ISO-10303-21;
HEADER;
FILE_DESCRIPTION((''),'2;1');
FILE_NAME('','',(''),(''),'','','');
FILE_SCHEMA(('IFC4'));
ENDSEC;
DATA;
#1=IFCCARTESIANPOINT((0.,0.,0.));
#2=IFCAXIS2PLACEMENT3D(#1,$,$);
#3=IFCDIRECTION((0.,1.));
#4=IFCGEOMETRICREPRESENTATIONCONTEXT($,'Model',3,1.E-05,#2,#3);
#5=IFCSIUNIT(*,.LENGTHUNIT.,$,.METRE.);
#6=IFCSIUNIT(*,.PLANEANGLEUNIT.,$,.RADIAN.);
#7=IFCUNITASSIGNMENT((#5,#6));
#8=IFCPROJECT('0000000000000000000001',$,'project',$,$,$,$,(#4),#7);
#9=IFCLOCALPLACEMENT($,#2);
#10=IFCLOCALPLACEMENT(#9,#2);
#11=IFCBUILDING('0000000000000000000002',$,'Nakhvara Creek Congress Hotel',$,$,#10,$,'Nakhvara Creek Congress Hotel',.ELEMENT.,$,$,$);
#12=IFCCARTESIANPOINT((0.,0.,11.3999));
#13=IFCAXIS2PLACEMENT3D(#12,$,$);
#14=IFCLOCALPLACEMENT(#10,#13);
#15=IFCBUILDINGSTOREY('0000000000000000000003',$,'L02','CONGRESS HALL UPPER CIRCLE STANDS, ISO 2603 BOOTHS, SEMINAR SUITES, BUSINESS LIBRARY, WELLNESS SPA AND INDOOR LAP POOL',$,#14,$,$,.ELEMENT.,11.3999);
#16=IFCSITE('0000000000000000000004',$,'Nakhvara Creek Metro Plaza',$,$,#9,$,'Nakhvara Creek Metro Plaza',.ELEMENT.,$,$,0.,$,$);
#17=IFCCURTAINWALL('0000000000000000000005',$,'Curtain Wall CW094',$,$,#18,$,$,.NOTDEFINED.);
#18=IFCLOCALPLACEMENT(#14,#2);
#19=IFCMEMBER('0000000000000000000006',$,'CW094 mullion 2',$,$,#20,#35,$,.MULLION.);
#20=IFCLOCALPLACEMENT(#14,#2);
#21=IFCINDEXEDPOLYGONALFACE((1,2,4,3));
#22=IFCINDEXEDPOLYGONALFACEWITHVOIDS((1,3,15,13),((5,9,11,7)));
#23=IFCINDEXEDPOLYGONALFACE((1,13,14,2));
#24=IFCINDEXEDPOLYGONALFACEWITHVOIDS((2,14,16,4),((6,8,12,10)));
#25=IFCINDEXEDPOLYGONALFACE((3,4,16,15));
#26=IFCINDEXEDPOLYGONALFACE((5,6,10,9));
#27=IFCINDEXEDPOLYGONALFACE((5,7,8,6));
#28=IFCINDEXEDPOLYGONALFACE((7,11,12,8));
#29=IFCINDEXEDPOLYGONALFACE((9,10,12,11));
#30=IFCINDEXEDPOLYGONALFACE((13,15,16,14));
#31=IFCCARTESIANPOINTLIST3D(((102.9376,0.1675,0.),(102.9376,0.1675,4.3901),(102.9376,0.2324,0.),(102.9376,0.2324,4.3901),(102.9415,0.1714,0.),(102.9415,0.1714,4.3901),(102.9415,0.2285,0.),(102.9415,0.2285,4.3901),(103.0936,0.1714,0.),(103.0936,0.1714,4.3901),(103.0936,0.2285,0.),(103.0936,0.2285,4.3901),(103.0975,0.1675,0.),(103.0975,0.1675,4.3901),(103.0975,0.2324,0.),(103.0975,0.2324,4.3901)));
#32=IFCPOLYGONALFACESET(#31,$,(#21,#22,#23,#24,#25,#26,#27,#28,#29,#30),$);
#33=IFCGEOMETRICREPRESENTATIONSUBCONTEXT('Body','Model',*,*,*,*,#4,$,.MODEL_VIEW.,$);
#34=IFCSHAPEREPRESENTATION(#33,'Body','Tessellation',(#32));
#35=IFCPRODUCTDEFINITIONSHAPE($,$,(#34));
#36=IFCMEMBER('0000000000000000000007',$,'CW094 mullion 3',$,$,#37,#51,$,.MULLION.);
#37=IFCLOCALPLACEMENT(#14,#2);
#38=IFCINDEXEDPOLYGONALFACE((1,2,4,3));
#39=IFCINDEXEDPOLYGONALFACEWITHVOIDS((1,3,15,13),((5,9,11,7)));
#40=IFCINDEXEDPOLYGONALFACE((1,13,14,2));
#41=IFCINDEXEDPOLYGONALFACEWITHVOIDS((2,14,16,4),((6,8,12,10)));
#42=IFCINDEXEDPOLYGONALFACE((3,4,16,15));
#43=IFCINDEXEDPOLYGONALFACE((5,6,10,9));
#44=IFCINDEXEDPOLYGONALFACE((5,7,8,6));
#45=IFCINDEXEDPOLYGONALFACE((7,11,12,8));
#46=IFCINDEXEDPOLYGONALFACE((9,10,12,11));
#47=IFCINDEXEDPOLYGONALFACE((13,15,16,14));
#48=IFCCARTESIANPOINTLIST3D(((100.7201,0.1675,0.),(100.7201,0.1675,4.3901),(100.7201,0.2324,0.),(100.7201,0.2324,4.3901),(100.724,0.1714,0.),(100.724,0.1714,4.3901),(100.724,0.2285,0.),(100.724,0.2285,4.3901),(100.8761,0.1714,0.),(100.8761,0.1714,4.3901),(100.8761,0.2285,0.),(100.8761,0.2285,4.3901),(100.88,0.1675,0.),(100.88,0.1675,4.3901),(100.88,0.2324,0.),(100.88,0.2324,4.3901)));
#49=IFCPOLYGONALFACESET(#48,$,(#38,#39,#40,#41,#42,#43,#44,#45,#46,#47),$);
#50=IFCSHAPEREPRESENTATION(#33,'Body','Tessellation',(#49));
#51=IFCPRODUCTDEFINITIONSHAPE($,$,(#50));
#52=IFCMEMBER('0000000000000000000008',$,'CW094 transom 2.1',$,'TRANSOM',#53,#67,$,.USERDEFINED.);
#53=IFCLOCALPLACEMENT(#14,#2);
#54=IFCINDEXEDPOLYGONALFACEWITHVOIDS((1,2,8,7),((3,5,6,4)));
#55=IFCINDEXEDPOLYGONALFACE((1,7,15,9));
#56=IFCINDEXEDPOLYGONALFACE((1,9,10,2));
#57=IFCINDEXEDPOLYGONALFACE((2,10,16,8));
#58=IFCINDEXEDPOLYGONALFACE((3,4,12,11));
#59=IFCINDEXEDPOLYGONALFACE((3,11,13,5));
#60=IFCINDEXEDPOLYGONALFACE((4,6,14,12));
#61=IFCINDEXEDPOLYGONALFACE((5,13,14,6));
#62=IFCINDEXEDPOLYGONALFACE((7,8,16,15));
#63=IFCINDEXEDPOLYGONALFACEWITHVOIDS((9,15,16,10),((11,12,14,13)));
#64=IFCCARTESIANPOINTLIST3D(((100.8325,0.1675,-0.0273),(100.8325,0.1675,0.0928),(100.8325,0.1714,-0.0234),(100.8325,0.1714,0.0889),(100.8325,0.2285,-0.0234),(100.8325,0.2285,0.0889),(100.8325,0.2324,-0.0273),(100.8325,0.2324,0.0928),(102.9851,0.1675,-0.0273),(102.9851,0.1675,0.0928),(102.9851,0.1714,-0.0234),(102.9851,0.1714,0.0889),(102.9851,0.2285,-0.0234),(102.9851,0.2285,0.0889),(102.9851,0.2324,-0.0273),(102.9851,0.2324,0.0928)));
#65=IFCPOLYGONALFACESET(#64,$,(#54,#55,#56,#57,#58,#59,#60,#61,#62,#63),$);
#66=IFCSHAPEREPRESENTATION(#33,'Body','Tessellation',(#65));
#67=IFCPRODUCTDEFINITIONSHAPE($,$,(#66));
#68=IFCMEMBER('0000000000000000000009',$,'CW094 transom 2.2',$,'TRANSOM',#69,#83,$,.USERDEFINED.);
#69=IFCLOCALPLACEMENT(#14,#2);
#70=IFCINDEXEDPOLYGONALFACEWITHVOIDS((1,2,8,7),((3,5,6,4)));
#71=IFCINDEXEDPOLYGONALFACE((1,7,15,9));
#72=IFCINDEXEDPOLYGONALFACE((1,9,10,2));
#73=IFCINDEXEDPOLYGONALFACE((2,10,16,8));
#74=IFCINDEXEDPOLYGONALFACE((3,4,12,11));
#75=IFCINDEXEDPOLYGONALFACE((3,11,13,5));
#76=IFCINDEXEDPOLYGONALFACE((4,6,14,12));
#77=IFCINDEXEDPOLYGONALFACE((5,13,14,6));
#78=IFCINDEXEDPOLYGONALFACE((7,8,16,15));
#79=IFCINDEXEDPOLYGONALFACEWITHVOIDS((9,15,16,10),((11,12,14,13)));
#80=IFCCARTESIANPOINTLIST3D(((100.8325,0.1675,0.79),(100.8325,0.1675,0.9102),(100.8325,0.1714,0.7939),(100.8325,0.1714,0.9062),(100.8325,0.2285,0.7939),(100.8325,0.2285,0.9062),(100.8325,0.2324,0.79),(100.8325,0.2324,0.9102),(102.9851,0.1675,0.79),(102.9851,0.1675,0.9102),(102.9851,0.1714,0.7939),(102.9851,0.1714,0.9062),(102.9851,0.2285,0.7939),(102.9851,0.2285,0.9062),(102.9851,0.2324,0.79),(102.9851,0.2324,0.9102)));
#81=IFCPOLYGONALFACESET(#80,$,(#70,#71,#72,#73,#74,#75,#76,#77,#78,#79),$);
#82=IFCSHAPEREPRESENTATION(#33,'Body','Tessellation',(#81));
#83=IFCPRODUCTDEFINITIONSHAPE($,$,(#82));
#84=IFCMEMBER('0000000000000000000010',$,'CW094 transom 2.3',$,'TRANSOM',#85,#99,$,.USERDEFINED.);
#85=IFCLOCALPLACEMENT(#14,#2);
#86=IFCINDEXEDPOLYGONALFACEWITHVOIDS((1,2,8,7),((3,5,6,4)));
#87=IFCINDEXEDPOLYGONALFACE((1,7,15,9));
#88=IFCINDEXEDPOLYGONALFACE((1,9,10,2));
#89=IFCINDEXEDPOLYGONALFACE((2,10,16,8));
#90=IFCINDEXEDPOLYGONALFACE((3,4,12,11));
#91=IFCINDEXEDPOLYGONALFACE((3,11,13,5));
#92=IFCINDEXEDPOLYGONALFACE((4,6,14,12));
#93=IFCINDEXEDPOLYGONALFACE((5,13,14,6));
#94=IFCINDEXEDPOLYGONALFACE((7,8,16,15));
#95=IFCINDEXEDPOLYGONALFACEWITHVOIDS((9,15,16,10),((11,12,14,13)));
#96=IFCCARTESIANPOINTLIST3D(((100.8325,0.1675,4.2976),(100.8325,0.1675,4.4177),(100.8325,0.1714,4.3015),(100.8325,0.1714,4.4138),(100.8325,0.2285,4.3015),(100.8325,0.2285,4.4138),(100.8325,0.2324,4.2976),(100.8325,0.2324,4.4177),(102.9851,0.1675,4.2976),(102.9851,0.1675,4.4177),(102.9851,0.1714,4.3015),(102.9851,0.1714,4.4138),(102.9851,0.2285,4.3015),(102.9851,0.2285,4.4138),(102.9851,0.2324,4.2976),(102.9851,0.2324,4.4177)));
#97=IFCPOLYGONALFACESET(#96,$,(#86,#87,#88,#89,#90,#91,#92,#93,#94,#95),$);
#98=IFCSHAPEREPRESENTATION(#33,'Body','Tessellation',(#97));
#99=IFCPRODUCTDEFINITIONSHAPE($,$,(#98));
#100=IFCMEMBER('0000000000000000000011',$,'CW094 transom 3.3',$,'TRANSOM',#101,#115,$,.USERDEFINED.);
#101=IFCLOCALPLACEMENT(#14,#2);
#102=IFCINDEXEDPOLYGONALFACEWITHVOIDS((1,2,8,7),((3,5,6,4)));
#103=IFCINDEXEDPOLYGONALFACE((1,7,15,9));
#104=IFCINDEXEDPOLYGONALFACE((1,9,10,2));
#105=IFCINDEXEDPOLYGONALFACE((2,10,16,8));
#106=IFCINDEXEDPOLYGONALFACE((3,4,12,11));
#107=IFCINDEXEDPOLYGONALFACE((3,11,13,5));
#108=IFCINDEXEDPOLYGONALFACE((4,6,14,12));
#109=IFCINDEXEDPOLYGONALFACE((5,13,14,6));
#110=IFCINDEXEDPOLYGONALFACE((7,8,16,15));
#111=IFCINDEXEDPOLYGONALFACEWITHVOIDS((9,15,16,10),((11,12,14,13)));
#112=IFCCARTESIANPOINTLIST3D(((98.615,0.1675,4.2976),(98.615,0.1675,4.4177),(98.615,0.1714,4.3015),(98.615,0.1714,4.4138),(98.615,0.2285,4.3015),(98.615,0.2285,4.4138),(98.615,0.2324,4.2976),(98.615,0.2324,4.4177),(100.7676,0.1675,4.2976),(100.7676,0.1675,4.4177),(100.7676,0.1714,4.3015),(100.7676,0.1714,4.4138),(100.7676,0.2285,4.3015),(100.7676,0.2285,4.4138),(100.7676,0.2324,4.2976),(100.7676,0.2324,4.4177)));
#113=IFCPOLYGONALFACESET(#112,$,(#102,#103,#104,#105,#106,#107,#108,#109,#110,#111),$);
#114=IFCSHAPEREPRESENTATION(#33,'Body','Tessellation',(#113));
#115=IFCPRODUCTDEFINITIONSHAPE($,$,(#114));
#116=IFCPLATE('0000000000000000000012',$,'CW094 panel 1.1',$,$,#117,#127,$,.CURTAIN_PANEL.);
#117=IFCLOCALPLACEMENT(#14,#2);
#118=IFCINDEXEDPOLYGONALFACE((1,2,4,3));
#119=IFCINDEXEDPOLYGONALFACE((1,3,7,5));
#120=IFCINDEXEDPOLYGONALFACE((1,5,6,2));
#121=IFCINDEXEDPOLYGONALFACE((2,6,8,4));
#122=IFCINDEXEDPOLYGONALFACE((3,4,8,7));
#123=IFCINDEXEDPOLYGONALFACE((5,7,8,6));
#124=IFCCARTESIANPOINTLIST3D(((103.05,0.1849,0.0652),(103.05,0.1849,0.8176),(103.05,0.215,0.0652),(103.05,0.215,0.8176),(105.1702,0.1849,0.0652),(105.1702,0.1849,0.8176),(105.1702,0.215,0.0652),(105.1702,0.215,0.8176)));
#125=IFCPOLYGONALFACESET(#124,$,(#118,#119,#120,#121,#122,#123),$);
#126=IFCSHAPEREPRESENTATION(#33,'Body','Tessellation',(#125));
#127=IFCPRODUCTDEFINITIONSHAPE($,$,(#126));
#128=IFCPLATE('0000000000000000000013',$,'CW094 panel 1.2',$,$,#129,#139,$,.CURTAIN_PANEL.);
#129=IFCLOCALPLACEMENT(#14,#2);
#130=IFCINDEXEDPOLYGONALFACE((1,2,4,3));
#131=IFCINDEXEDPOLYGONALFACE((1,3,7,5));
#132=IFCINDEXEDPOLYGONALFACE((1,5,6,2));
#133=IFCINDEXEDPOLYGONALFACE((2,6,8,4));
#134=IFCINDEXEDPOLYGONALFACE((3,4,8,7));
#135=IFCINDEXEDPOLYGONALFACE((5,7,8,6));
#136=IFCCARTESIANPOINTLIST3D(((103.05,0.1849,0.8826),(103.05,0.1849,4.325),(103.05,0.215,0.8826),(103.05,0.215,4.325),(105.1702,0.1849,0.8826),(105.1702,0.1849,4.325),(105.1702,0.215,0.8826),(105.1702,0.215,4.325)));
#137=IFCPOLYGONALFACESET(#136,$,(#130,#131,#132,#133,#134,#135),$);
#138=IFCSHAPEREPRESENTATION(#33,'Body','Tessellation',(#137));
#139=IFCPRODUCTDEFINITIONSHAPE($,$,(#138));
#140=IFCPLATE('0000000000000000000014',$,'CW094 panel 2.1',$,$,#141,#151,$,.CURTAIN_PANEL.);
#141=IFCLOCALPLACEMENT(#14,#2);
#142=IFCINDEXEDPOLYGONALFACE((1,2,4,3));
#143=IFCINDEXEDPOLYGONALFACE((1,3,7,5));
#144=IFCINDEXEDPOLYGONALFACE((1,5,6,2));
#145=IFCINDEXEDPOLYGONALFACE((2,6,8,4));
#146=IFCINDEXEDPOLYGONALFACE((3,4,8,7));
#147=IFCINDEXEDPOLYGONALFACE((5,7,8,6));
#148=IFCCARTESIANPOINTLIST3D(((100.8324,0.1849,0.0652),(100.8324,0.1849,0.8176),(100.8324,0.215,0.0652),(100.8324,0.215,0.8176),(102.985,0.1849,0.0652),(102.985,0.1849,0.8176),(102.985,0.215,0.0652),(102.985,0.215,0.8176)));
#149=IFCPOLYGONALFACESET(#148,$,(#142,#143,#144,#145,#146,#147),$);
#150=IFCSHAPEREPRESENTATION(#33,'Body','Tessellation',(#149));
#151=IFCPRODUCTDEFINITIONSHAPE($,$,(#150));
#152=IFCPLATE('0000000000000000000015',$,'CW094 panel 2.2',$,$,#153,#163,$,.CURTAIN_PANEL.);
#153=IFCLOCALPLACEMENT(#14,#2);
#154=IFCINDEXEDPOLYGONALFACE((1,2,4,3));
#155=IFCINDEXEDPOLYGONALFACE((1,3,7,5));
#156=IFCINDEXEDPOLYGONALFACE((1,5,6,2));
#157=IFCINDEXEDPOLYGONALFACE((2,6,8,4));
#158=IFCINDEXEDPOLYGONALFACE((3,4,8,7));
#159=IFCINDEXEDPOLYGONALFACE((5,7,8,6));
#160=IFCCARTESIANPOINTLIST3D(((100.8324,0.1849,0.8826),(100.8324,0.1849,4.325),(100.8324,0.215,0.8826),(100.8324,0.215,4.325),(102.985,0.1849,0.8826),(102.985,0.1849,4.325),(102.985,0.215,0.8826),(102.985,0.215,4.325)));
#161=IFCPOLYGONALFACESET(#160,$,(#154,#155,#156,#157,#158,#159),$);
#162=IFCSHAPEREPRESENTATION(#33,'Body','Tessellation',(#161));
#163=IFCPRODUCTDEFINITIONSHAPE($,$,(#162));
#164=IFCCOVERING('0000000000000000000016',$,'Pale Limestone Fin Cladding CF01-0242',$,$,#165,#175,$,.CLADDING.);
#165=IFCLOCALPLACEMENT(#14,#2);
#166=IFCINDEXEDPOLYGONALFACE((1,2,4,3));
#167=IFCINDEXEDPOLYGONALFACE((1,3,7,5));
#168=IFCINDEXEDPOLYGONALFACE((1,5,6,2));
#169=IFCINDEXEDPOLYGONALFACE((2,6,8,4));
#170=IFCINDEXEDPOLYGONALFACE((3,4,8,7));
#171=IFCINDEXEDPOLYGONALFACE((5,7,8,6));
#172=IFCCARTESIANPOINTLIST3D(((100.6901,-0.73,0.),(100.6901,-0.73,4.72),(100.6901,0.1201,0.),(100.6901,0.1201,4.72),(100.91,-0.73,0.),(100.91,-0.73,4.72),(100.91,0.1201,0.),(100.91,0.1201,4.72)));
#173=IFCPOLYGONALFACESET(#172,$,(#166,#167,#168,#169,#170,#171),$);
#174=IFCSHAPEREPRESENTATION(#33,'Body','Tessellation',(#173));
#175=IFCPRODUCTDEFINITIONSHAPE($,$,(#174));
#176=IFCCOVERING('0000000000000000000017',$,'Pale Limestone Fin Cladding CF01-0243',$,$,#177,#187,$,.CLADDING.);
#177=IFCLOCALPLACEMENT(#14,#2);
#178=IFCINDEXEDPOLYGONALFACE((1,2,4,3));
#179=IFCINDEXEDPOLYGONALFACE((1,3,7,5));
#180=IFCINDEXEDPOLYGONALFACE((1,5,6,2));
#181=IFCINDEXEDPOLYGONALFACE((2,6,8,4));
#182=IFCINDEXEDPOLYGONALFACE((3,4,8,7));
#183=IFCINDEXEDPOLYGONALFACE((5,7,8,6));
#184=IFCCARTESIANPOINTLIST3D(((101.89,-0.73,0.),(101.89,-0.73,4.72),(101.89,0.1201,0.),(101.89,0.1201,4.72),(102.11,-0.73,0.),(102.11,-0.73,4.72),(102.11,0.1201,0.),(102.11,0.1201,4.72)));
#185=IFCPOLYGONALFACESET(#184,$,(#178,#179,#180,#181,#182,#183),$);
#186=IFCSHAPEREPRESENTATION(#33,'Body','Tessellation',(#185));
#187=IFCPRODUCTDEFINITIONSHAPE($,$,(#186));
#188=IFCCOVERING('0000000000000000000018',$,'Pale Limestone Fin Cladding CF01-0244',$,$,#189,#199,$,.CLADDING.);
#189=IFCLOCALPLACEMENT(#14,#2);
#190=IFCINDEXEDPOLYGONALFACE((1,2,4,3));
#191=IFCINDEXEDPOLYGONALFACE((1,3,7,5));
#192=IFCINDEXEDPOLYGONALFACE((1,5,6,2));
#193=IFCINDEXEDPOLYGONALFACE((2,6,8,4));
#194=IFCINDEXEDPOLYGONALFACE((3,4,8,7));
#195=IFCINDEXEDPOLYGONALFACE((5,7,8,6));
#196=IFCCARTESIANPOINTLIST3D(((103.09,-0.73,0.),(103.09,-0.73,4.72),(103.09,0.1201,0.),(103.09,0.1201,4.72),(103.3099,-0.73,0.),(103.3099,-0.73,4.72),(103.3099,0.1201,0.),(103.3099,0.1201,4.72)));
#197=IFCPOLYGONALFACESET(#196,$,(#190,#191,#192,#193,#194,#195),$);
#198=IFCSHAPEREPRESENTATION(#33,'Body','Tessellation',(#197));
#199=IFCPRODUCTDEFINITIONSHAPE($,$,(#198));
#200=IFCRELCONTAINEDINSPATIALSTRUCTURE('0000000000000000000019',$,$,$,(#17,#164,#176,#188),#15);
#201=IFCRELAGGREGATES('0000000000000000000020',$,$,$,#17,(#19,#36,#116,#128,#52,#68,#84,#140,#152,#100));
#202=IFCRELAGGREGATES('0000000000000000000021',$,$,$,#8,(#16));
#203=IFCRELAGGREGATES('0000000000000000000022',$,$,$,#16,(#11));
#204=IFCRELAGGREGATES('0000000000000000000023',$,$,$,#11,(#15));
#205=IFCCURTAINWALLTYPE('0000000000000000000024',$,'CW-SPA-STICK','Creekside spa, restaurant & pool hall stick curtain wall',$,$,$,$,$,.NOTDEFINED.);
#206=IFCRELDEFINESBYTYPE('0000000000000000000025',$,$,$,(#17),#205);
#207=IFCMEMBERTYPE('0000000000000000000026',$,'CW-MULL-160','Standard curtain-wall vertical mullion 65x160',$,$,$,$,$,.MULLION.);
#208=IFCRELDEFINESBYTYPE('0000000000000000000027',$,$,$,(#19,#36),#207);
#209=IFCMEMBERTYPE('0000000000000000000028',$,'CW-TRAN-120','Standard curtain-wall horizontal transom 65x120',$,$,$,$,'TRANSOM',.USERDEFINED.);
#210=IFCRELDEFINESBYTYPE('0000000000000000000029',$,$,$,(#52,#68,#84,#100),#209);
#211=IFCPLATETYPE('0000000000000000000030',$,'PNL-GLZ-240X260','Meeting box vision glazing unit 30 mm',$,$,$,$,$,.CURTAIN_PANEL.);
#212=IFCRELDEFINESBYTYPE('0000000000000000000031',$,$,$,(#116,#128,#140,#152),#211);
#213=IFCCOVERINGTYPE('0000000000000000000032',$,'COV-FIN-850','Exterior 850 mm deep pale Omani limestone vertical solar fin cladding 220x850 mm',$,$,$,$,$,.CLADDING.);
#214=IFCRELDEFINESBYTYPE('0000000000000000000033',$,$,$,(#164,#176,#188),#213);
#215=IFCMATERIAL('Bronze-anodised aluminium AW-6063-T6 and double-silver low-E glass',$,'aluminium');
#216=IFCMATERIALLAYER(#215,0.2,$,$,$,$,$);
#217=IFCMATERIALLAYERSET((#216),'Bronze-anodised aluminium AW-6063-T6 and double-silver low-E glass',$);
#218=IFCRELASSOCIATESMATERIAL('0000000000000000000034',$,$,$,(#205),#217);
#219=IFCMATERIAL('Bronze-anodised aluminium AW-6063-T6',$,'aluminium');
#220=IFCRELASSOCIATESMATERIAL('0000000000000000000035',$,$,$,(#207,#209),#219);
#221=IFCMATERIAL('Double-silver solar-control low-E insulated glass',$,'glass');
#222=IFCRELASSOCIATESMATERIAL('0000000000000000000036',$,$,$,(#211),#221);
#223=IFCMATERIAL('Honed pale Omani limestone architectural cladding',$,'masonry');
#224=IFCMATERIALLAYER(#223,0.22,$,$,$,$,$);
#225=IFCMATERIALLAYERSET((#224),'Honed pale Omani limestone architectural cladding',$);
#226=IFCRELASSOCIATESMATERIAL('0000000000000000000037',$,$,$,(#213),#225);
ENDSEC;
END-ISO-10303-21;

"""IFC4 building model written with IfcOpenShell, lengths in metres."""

from ifc_helpers import new_model, si_unit, direction, frame, origin, origin_2d, place, context, subcontext, project, spatial, rectangle, hollow_rectangle, extrude, material, layer, layer_set, material_profile, profile_set, type_object, element, aggregate, save


model = new_model("IFC4")

# Units and contexts
model_context = context("Model", 3, precision=1e-05, world=origin(), true_north=direction((0.0, 1.0)))
body_context = subcontext(model_context, "Body", "Model", "MODEL_VIEW")
ifc_project = project(units=[si_unit("LENGTHUNIT", "METRE"), si_unit("PLANEANGLEUNIT", "RADIAN")], contexts=[model_context])

# Site, building, storey
site_placement = place(None, origin())
site = spatial("IfcSite", under=ifc_project, at=site_placement, Name="Nakhvara Creek Metro Plaza", LongName="Nakhvara Creek Metro Plaza", CompositionType="ELEMENT", RefElevation=0.0)
building_placement = place(site_placement, origin())
building = spatial("IfcBuilding", under=site, at=building_placement, Name="Nakhvara Creek Congress Hotel", LongName="Nakhvara Creek Congress Hotel", CompositionType="ELEMENT")
storey_placement = place(building_placement, frame((0.0, 0.0, 11.3999)))
storey = spatial("IfcBuildingStorey", under=building, at=storey_placement, Name="L02", Description="CONGRESS HALL UPPER CIRCLE STANDS, ISO 2603 BOOTHS, SEMINAR SUITES, BUSINESS LIBRARY, WELLNESS SPA AND INDOOR LAP POOL", CompositionType="ELEMENT", Elevation=11.3999)

# Curtain wall, members, plates
ifc_material_1 = material(Name="Bronze-anodised aluminium AW-6063-T6 and double-silver low-E glass", Category="aluminium")
ifc_layer_1 = layer(ifc_material_1, 0.2)
ifc_layer_set_1 = layer_set([ifc_layer_1], Name="Bronze-anodised aluminium AW-6063-T6 and double-silver low-E glass")
curtain_wall_type = type_object("IfcCurtainWallType", Name="CW-SPA-STICK", Description="Creekside spa, restaurant & pool hall stick curtain wall", PredefinedType="NOTDEFINED", material=ifc_layer_set_1)
curtain_wall_placement = place(storey_placement, origin())
curtain_wall = element("IfcCurtainWall", 1, at=curtain_wall_placement, inside=storey, type_object=curtain_wall_type, Name="Curtain Wall CW094", PredefinedType="NOTDEFINED")
ifc_material_2 = material(Name="Bronze-anodised aluminium AW-6063-T6", Category="aluminium")
ifc_material_profile_1 = material_profile(ifc_material_2, hollow_rectangle(XDim=0.0649, YDim=0.1599, WallThickness=0.0039, at=origin_2d()), Name="ALU-MULL 65x160x4", Category="LoadBearing")
ifc_profile_set_1 = profile_set([ifc_material_profile_1], Name="Bronze-anodised aluminium AW-6063-T6")
member_type_1 = type_object("IfcMemberType", Name="CW-MULL-160", Description="Standard curtain-wall vertical mullion 65x160", PredefinedType="MULLION", material=ifc_profile_set_1)
member_1_placement = place(storey_placement, frame((103.0176, 0.2, 0.0), z_axis=(0.0, 0.0, 1.0), x_axis=(0.0, -1.0, 0.0)))
member_1 = element("IfcMember", 2, at=member_1_placement, type_object=member_type_1, Name="CW094 mullion 2", PredefinedType="MULLION", context=body_context, shape_type="SweptSolid", body=[
    extrude(hollow_rectangle(XDim=0.0649, YDim=0.1599, WallThickness=0.0039, at=origin_2d()), origin(), (0.0, 0.0, 1.0), 4.3901),
])
member_2_placement = place(storey_placement, frame((100.8, 0.2, 0.0), z_axis=(0.0, 0.0, 1.0), x_axis=(0.0, -1.0, 0.0)))
member_2 = element("IfcMember", 3, at=member_2_placement, type_object=member_type_1, Name="CW094 mullion 3", PredefinedType="MULLION", context=body_context, shape_type="SweptSolid", body=[
    extrude(hollow_rectangle(XDim=0.0649, YDim=0.1599, WallThickness=0.0039, at=origin_2d()), origin(), (0.0, 0.0, 1.0), 4.3901),
])
ifc_material_profile_2 = material_profile(ifc_material_2, hollow_rectangle(XDim=0.0649, YDim=0.1201, WallThickness=0.0039, at=origin_2d()), Name="ALU-TRAN 65x120x4", Category="LoadBearing")
ifc_profile_set_2 = profile_set([ifc_material_profile_2], Name="Bronze-anodised aluminium AW-6063-T6")
member_type_2 = type_object("IfcMemberType", Name="CW-TRAN-120", Description="Standard curtain-wall horizontal transom 65x120", ElementType="TRANSOM", PredefinedType="USERDEFINED", material=ifc_profile_set_2)
member_3_placement = place(storey_placement, frame((102.9851, 0.2, 0.0327), z_axis=(-1.0, 0.0, 0.0), x_axis=(0.0, -1.0, 0.0)))
member_3 = element("IfcMember", 4, at=member_3_placement, type_object=member_type_2, Name="CW094 transom 2.1", ObjectType="TRANSOM", PredefinedType="USERDEFINED", context=body_context, shape_type="SweptSolid", body=[
    extrude(hollow_rectangle(XDim=0.0649, YDim=0.1201, WallThickness=0.0039, at=origin_2d()), origin(), (0.0, 0.0, 1.0), 2.1526),
])
member_4_placement = place(storey_placement, frame((102.9851, 0.2, 0.8501), z_axis=(-1.0, 0.0, 0.0), x_axis=(0.0, -1.0, 0.0)))
member_4 = element("IfcMember", 5, at=member_4_placement, type_object=member_type_2, Name="CW094 transom 2.2", ObjectType="TRANSOM", PredefinedType="USERDEFINED", context=body_context, shape_type="SweptSolid", body=[
    extrude(hollow_rectangle(XDim=0.0649, YDim=0.1201, WallThickness=0.0039, at=origin_2d()), origin(), (0.0, 0.0, 1.0), 2.1526),
])
member_5_placement = place(storey_placement, frame((102.9851, 0.2, 4.3577), z_axis=(-1.0, 0.0, 0.0), x_axis=(0.0, -1.0, 0.0)))
member_5 = element("IfcMember", 6, at=member_5_placement, type_object=member_type_2, Name="CW094 transom 2.3", ObjectType="TRANSOM", PredefinedType="USERDEFINED", context=body_context, shape_type="SweptSolid", body=[
    extrude(hollow_rectangle(XDim=0.0649, YDim=0.1201, WallThickness=0.0039, at=origin_2d()), origin(), (0.0, 0.0, 1.0), 2.1526),
])
member_6_placement = place(storey_placement, frame((100.7676, 0.2, 4.3577), z_axis=(-1.0, 0.0, 0.0), x_axis=(0.0, -1.0, 0.0)))
member_6 = element("IfcMember", 7, at=member_6_placement, type_object=member_type_2, Name="CW094 transom 3.3", ObjectType="TRANSOM", PredefinedType="USERDEFINED", context=body_context, shape_type="SweptSolid", body=[
    extrude(hollow_rectangle(XDim=0.0649, YDim=0.1201, WallThickness=0.0039, at=origin_2d()), origin(), (0.0, 0.0, 1.0), 2.1526),
])
ifc_material_3 = material(Name="Double-silver solar-control low-E insulated glass", Category="glass")
plate_type = type_object("IfcPlateType", Name="PNL-GLZ-240X260", Description="Meeting box vision glazing unit 30 mm", PredefinedType="CURTAIN_PANEL", material=ifc_material_3)
plate_1_placement = place(storey_placement, frame((104.1101, 0.2, 0.0652), z_axis=(0.0, 0.0, 1.0), x_axis=(-1.0, 0.0, 0.0)))
plate_1 = element("IfcPlate", 8, at=plate_1_placement, type_object=plate_type, Name="CW094 panel 1.1", PredefinedType="CURTAIN_PANEL", context=body_context, shape_type="SweptSolid", body=[
    extrude(rectangle(XDim=2.1201, YDim=0.03, at=origin_2d()), origin(), (0.0, 0.0, 1.0), 0.7524),
])
plate_2_placement = place(storey_placement, frame((104.1101, 0.2, 0.8826), z_axis=(0.0, 0.0, 1.0), x_axis=(-1.0, 0.0, 0.0)))
plate_2 = element("IfcPlate", 9, at=plate_2_placement, type_object=plate_type, Name="CW094 panel 1.2", PredefinedType="CURTAIN_PANEL", context=body_context, shape_type="SweptSolid", body=[
    extrude(rectangle(XDim=2.1201, YDim=0.03, at=origin_2d()), origin(), (0.0, 0.0, 1.0), 3.4424),
])
plate_3_placement = place(storey_placement, frame((101.9087, 0.2, 0.0652), z_axis=(0.0, 0.0, 1.0), x_axis=(-1.0, 0.0, 0.0)))
plate_3 = element("IfcPlate", 10, at=plate_3_placement, type_object=plate_type, Name="CW094 panel 2.1", PredefinedType="CURTAIN_PANEL", context=body_context, shape_type="SweptSolid", body=[
    extrude(rectangle(XDim=2.1526, YDim=0.03, at=origin_2d()), origin(), (0.0, 0.0, 1.0), 0.7524),
])
plate_4_placement = place(storey_placement, frame((101.9087, 0.2, 0.8826), z_axis=(0.0, 0.0, 1.0), x_axis=(-1.0, 0.0, 0.0)))
plate_4 = element("IfcPlate", 11, at=plate_4_placement, type_object=plate_type, Name="CW094 panel 2.2", PredefinedType="CURTAIN_PANEL", context=body_context, shape_type="SweptSolid", body=[
    extrude(rectangle(XDim=2.1526, YDim=0.03, at=origin_2d()), origin(), (0.0, 0.0, 1.0), 3.4424),
])
aggregate(curtain_wall, [member_1, member_2, plate_1, plate_2, member_3, member_4, member_5, plate_3, plate_4, member_6])

# Coverings
ifc_material_4 = material(Name="Honed pale Omani limestone architectural cladding", Category="masonry")
ifc_layer_2 = layer(ifc_material_4, 0.22)
ifc_layer_set_2 = layer_set([ifc_layer_2], Name="Honed pale Omani limestone architectural cladding")
covering_type_1 = type_object("IfcCoveringType", Name="COV-FIN-850", Description="Exterior 850 mm deep pale Omani limestone vertical solar fin cladding 220x850 mm", PredefinedType="CLADDING", material=ifc_layer_set_2)
for number, where, z_axis, x_axis, name in (
    (12, (100.8, -0.3049, 0.0), (0.0, 0.0, 1.0), (1.0, 0.0, 0.0), "Pale Limestone Fin Cladding CF01-0242"),
    (13, (102.0, -0.3049, 0.0), (0.0, 0.0, 1.0), (1.0, 0.0, 0.0), "Pale Limestone Fin Cladding CF01-0243"),
    (14, (103.2, -0.3049, 0.0), (0.0, 0.0, 1.0), (1.0, 0.0, 0.0), "Pale Limestone Fin Cladding CF01-0244"),
):
    element("IfcCovering", number, at=place(storey_placement, frame(where, z_axis=z_axis, x_axis=x_axis)), inside=storey, type_object=covering_type_1, Name=name, PredefinedType="CLADDING", context=body_context, shape_type="SweptSolid", body=[
        extrude(rectangle(XDim=0.22, YDim=0.8501, at=origin_2d()), origin(), (0.0, 0.0, 1.0), 4.72),
    ])

save(model, "model.ifc")
